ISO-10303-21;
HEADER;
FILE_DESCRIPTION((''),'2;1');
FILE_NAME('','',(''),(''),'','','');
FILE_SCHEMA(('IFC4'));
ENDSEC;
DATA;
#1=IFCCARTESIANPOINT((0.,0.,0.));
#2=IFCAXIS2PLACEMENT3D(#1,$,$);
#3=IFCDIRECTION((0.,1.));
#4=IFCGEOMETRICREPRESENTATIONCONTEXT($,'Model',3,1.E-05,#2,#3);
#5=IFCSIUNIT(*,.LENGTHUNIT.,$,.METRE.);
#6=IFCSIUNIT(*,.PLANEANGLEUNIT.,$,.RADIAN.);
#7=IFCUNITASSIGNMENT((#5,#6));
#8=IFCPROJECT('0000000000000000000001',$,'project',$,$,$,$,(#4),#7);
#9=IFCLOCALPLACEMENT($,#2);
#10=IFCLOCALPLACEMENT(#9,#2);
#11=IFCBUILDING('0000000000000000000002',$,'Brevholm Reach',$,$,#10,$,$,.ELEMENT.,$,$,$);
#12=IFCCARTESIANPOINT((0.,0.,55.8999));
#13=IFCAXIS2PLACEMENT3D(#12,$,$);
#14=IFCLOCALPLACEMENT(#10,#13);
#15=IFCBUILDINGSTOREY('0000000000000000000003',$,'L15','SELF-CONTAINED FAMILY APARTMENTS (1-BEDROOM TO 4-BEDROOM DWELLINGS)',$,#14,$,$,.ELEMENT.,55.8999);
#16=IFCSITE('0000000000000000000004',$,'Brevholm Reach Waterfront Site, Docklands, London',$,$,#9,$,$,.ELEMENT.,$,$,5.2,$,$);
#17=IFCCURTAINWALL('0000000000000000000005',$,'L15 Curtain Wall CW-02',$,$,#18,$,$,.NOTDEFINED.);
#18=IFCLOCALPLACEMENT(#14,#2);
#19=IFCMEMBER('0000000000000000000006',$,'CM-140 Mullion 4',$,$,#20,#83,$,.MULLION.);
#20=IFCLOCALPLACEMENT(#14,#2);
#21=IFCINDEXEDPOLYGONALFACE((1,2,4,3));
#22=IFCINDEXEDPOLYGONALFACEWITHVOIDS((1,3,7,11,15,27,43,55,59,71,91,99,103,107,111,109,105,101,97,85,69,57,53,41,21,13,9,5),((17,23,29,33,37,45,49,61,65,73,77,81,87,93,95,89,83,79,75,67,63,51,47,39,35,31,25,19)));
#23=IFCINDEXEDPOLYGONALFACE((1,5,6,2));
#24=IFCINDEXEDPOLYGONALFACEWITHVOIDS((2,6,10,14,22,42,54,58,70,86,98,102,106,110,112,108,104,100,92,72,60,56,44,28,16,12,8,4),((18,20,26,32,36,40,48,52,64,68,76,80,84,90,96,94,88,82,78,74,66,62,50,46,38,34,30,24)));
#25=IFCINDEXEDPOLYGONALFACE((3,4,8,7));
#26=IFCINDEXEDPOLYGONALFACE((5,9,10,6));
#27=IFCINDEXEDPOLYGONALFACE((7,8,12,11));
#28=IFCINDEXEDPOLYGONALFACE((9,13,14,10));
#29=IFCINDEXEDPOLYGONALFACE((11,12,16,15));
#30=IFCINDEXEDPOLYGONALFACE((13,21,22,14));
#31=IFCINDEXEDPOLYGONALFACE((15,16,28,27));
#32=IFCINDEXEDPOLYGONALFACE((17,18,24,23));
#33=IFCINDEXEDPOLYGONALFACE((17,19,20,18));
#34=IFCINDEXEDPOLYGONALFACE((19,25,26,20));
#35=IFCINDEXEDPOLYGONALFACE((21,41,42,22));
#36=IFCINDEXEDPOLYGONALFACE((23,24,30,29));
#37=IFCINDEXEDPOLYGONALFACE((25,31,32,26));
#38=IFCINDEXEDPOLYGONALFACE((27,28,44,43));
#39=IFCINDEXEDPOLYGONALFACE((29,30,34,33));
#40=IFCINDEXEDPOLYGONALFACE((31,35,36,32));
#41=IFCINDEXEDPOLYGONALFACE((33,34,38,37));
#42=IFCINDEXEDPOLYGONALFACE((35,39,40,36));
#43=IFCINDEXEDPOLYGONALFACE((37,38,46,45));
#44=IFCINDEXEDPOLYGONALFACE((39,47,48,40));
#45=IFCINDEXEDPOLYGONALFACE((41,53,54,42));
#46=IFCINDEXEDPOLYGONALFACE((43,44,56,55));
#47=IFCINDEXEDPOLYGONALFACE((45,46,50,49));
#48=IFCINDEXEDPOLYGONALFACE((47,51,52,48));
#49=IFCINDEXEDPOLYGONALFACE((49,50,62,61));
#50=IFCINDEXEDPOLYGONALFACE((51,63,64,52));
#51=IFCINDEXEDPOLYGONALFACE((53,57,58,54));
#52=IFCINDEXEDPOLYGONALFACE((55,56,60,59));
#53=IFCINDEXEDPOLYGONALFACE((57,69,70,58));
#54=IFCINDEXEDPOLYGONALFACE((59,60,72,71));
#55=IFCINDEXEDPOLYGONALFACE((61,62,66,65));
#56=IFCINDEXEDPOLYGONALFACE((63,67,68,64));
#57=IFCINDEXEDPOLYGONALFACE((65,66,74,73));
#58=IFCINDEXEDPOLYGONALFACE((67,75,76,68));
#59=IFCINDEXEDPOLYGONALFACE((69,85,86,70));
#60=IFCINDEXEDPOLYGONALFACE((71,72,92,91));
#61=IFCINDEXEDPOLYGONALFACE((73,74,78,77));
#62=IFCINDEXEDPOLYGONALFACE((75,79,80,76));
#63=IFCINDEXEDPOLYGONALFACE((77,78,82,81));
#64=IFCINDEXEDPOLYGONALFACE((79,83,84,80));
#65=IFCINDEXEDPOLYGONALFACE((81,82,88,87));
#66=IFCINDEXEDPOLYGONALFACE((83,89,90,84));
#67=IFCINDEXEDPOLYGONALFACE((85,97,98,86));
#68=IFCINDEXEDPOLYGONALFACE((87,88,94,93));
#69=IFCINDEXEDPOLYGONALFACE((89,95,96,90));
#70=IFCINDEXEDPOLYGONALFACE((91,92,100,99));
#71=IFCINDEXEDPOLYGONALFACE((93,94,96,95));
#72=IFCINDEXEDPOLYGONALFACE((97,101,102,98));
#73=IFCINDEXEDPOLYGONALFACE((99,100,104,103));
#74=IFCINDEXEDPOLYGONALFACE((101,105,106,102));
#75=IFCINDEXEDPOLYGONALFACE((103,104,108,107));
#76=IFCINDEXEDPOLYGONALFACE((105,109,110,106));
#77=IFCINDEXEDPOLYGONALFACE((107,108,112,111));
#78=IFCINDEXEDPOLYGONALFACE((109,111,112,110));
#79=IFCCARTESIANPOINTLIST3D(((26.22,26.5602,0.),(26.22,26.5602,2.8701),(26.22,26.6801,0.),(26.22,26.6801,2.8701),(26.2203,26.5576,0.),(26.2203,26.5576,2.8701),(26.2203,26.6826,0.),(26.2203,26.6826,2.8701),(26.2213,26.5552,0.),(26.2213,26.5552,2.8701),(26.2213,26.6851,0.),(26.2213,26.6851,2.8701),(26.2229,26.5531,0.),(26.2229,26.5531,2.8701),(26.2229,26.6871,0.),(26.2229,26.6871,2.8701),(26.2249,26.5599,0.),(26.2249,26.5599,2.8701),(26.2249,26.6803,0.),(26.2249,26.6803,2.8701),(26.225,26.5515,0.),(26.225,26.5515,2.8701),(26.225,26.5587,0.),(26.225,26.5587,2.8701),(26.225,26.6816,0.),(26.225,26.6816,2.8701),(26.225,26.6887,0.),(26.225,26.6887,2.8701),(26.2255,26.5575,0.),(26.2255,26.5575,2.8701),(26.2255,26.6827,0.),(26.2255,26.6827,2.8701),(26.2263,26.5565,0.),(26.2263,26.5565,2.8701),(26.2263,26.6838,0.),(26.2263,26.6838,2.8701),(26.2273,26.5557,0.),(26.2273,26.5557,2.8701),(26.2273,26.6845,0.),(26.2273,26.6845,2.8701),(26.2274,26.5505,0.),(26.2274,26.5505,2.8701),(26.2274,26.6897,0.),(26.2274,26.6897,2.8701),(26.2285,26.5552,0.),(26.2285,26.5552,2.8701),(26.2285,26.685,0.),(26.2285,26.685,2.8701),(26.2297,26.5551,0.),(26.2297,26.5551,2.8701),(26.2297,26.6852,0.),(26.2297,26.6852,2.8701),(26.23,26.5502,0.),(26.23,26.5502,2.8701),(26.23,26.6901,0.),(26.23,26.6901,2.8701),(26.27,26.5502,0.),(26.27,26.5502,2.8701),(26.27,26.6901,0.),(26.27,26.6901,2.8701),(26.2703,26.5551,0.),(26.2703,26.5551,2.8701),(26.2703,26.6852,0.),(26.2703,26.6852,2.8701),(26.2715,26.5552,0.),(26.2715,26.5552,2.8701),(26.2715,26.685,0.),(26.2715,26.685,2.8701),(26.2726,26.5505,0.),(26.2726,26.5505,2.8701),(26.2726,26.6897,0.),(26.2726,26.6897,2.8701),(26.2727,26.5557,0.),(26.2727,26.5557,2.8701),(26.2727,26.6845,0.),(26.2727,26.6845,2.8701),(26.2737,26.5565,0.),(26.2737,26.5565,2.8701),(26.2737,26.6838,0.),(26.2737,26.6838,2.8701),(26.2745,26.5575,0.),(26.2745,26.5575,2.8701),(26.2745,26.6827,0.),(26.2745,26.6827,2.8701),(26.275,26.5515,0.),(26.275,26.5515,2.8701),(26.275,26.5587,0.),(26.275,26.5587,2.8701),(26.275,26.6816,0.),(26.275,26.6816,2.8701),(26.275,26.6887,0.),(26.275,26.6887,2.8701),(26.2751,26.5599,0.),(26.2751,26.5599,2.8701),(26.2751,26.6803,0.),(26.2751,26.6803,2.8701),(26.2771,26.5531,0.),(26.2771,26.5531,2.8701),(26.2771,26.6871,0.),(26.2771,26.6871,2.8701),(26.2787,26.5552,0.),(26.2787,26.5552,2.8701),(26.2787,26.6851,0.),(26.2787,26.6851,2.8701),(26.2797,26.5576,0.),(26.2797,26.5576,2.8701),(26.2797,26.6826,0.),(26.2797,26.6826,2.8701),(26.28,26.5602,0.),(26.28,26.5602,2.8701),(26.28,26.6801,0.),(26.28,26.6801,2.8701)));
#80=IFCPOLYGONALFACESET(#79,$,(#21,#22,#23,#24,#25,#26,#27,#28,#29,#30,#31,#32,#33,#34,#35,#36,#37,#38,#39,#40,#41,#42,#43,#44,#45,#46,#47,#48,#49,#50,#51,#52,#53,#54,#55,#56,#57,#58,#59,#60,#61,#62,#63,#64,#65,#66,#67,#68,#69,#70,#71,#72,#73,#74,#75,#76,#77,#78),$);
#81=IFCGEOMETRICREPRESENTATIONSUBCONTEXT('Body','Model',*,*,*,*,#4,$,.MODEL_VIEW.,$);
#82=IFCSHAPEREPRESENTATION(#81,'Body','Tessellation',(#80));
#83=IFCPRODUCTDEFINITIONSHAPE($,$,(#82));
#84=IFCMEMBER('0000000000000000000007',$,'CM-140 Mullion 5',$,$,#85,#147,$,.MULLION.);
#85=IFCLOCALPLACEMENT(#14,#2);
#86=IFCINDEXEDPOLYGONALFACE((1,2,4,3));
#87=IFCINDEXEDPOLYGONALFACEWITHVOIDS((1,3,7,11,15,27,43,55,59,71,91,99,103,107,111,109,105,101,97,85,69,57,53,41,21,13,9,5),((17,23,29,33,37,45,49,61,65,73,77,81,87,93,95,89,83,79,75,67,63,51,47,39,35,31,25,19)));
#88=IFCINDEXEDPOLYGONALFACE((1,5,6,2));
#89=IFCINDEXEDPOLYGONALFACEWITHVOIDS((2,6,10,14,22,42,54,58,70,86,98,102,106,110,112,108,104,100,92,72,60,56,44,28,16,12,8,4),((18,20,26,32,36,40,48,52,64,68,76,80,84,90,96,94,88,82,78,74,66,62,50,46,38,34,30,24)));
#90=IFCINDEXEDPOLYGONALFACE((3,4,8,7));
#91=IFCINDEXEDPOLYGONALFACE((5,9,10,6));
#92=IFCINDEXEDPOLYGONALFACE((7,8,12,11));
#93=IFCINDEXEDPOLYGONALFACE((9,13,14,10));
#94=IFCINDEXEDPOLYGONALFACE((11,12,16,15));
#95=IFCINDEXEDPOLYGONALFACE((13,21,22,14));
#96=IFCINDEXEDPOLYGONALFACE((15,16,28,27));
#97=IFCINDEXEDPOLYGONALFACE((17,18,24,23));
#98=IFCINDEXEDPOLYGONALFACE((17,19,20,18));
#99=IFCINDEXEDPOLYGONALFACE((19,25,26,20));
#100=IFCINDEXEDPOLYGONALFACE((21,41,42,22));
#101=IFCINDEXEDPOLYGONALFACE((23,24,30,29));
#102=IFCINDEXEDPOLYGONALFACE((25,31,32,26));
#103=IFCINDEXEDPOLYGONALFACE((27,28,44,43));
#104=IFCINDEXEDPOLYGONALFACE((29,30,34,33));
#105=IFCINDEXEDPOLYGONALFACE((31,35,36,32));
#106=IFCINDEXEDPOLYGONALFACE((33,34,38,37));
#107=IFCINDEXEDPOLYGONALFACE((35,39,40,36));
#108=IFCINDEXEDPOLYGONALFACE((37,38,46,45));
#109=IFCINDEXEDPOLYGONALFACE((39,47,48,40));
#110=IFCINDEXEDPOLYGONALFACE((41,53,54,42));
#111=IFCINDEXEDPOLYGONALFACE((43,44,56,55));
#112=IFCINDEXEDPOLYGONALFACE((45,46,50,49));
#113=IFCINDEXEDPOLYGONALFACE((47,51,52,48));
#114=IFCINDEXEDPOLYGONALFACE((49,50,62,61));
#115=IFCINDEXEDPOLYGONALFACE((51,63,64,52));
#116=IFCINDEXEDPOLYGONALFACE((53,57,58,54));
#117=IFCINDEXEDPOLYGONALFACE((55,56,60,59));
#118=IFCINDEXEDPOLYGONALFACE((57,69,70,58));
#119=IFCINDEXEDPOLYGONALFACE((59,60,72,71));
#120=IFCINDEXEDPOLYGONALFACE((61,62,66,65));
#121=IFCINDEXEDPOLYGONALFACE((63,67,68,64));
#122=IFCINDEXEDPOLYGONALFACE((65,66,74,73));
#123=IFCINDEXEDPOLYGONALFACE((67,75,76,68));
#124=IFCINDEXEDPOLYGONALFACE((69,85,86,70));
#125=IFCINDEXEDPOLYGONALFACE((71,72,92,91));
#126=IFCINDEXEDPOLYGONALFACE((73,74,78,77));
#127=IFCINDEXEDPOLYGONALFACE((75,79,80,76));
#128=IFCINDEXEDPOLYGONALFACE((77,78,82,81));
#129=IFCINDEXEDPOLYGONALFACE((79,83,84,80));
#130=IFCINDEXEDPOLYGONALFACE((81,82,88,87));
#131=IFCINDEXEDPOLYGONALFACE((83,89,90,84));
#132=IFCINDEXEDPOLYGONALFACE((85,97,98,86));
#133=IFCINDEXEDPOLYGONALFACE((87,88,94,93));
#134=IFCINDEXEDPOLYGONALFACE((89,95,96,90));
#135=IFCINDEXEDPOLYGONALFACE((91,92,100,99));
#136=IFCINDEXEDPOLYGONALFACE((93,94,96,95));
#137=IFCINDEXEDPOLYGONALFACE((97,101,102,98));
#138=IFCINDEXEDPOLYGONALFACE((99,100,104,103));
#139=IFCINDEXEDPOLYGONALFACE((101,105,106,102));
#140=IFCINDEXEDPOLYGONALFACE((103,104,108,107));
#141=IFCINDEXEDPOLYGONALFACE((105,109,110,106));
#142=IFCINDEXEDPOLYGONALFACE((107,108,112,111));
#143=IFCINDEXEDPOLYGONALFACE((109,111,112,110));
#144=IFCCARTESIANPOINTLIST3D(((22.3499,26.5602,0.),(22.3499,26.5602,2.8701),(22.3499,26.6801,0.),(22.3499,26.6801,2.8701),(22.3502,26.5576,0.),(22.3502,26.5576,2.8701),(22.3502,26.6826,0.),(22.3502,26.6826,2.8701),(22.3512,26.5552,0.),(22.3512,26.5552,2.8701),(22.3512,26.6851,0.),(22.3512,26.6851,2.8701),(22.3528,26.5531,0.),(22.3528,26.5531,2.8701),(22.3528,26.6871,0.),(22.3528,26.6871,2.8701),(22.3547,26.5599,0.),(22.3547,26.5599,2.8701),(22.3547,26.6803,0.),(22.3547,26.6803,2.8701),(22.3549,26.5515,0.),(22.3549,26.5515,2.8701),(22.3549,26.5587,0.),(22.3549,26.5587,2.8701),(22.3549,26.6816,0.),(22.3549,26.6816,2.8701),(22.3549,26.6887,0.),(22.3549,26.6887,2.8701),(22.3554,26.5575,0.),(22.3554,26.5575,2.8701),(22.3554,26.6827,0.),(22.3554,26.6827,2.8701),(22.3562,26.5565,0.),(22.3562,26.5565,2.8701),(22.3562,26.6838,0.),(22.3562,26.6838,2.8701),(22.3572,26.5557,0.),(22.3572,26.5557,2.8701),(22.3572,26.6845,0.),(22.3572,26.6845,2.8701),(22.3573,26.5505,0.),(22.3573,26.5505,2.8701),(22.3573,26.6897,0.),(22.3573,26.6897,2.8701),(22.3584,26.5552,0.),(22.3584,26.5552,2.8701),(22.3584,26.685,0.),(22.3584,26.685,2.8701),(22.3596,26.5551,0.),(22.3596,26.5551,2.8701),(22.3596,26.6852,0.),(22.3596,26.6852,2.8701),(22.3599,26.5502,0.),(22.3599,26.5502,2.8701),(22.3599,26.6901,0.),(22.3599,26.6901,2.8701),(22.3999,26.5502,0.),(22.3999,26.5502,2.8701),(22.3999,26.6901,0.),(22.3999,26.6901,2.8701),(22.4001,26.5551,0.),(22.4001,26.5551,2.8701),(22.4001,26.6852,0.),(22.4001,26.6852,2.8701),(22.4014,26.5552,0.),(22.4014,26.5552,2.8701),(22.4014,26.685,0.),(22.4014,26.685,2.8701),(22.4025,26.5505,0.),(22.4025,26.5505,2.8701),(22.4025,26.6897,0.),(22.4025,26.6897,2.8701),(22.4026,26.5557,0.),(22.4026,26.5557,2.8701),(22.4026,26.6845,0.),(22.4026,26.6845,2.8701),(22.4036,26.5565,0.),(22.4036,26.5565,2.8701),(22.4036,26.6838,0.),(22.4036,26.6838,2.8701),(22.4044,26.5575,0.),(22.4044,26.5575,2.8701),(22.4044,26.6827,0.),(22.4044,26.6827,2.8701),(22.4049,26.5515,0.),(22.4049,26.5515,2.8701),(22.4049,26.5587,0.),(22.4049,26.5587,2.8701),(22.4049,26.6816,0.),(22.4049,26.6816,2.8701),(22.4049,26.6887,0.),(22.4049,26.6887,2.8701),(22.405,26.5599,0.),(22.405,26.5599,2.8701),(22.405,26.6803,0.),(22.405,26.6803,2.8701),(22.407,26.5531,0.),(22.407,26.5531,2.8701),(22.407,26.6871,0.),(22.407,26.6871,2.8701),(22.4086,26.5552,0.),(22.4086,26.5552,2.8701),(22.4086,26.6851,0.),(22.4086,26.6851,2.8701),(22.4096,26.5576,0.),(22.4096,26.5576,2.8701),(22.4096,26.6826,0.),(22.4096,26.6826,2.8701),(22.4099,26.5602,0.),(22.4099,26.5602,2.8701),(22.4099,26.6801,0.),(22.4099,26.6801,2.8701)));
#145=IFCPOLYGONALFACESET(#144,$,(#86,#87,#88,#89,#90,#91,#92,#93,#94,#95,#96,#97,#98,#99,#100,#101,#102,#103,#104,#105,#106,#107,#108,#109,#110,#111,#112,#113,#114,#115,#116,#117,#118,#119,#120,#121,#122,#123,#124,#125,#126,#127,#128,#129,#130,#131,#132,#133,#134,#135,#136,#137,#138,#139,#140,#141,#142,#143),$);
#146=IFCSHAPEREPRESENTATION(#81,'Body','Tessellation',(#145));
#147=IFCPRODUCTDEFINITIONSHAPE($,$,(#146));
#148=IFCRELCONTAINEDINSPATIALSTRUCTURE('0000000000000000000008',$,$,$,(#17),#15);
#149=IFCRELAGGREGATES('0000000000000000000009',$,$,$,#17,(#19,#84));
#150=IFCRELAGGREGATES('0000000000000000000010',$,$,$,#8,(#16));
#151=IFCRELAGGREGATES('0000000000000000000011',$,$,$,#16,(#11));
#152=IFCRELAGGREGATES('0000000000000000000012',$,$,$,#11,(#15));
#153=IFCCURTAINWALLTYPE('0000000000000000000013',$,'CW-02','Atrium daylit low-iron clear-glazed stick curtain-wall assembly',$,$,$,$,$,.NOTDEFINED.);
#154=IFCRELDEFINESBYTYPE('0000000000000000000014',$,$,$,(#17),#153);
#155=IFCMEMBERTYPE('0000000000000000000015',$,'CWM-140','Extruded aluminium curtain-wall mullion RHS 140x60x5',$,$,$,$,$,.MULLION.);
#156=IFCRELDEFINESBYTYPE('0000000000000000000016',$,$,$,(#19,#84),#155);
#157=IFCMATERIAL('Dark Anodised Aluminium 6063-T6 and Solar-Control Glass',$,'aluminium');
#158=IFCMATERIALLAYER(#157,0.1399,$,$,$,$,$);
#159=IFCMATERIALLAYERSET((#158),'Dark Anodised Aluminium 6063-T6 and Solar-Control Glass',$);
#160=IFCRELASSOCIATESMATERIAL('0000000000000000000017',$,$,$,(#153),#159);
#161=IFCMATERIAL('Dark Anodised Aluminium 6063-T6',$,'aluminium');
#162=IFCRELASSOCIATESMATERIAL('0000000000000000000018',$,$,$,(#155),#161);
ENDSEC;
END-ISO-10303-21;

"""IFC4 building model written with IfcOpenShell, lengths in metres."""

from ifc_helpers import new_model, si_unit, direction, frame, origin, origin_2d, place, context, subcontext, project, spatial, hollow_rectangle, extrude, material, layer, layer_set, material_profile, profile_set, type_object, element, aggregate, save


model = new_model("IFC4")

# Units and contexts
model_context = context("Model", 3, precision=1e-05, world=origin(), true_north=direction((0.0, 1.0)))
body_context = subcontext(model_context, "Body", "Model", "MODEL_VIEW")
ifc_project = project(units=[si_unit("LENGTHUNIT", "METRE"), si_unit("PLANEANGLEUNIT", "RADIAN")], contexts=[model_context])

# Site, building, storey
site_placement = place(None, origin())
site = spatial("IfcSite", under=ifc_project, at=site_placement, Name="Brevholm Reach Waterfront Site, Docklands, London", CompositionType="ELEMENT", RefElevation=5.2)
building_placement = place(site_placement, origin())
building = spatial("IfcBuilding", under=site, at=building_placement, Name="Brevholm Reach", CompositionType="ELEMENT")
storey_placement = place(building_placement, frame((0.0, 0.0, 55.8999)))
storey = spatial("IfcBuildingStorey", under=building, at=storey_placement, Name="L15", Description="SELF-CONTAINED FAMILY APARTMENTS (1-BEDROOM TO 4-BEDROOM DWELLINGS)", CompositionType="ELEMENT", Elevation=55.8999)

# Curtain wall, members
ifc_material_1 = material(Name="Dark Anodised Aluminium 6063-T6 and Solar-Control Glass", Category="aluminium")
ifc_layer_1 = layer(ifc_material_1, 0.1399)
ifc_layer_set_1 = layer_set([ifc_layer_1], Name="Dark Anodised Aluminium 6063-T6 and Solar-Control Glass")
curtain_wall_type = type_object("IfcCurtainWallType", Name="CW-02", Description="Atrium daylit low-iron clear-glazed stick curtain-wall assembly", PredefinedType="NOTDEFINED", material=ifc_layer_set_1)
curtain_wall_placement = place(storey_placement, origin())
curtain_wall = element("IfcCurtainWall", 1, at=curtain_wall_placement, inside=storey, type_object=curtain_wall_type, Name="L15 Curtain Wall CW-02", PredefinedType="NOTDEFINED")
ifc_material_2 = material(Name="Dark Anodised Aluminium 6063-T6", Category="aluminium")
ifc_material_profile_1 = material_profile(ifc_material_2, hollow_rectangle(XDim=0.0601, YDim=0.1399, WallThickness=0.0049, InnerFilletRadius=0.0049, OuterFilletRadius=0.01, at=origin_2d()), Name="RHS 140x60x5")
ifc_profile_set_1 = profile_set([ifc_material_profile_1], Name="Dark Anodised Aluminium 6063-T6")
member_type_1 = type_object("IfcMemberType", Name="CWM-140", Description="Extruded aluminium curtain-wall mullion RHS 140x60x5", PredefinedType="MULLION", material=ifc_profile_set_1)
member_1_placement = place(storey_placement, frame((26.25, 26.6201, 0.0), z_axis=(0.0, 0.0, 1.0), x_axis=(-1.0, 0.0, 0.0)))
member_1 = element("IfcMember", 2, at=member_1_placement, type_object=member_type_1, Name="CM-140 Mullion 4", PredefinedType="MULLION", context=body_context, shape_type="SweptSolid", body=[
    extrude(hollow_rectangle(XDim=0.0601, YDim=0.1399, WallThickness=0.0049, InnerFilletRadius=0.0049, OuterFilletRadius=0.01, at=origin_2d()), origin(), (0.0, 0.0, 1.0), 2.8701),
])
member_2_placement = place(storey_placement, frame((22.3799, 26.6201, 0.0), z_axis=(0.0, 0.0, 1.0), x_axis=(-1.0, 0.0, 0.0)))
member_2 = element("IfcMember", 3, at=member_2_placement, type_object=member_type_1, Name="CM-140 Mullion 5", PredefinedType="MULLION", context=body_context, shape_type="SweptSolid", body=[
    extrude(hollow_rectangle(XDim=0.0601, YDim=0.1399, WallThickness=0.0049, InnerFilletRadius=0.0049, OuterFilletRadius=0.01, at=origin_2d()), origin(), (0.0, 0.0, 1.0), 2.8701),
])
aggregate(curtain_wall, [member_1, member_2])

save(model, "model.ifc")
